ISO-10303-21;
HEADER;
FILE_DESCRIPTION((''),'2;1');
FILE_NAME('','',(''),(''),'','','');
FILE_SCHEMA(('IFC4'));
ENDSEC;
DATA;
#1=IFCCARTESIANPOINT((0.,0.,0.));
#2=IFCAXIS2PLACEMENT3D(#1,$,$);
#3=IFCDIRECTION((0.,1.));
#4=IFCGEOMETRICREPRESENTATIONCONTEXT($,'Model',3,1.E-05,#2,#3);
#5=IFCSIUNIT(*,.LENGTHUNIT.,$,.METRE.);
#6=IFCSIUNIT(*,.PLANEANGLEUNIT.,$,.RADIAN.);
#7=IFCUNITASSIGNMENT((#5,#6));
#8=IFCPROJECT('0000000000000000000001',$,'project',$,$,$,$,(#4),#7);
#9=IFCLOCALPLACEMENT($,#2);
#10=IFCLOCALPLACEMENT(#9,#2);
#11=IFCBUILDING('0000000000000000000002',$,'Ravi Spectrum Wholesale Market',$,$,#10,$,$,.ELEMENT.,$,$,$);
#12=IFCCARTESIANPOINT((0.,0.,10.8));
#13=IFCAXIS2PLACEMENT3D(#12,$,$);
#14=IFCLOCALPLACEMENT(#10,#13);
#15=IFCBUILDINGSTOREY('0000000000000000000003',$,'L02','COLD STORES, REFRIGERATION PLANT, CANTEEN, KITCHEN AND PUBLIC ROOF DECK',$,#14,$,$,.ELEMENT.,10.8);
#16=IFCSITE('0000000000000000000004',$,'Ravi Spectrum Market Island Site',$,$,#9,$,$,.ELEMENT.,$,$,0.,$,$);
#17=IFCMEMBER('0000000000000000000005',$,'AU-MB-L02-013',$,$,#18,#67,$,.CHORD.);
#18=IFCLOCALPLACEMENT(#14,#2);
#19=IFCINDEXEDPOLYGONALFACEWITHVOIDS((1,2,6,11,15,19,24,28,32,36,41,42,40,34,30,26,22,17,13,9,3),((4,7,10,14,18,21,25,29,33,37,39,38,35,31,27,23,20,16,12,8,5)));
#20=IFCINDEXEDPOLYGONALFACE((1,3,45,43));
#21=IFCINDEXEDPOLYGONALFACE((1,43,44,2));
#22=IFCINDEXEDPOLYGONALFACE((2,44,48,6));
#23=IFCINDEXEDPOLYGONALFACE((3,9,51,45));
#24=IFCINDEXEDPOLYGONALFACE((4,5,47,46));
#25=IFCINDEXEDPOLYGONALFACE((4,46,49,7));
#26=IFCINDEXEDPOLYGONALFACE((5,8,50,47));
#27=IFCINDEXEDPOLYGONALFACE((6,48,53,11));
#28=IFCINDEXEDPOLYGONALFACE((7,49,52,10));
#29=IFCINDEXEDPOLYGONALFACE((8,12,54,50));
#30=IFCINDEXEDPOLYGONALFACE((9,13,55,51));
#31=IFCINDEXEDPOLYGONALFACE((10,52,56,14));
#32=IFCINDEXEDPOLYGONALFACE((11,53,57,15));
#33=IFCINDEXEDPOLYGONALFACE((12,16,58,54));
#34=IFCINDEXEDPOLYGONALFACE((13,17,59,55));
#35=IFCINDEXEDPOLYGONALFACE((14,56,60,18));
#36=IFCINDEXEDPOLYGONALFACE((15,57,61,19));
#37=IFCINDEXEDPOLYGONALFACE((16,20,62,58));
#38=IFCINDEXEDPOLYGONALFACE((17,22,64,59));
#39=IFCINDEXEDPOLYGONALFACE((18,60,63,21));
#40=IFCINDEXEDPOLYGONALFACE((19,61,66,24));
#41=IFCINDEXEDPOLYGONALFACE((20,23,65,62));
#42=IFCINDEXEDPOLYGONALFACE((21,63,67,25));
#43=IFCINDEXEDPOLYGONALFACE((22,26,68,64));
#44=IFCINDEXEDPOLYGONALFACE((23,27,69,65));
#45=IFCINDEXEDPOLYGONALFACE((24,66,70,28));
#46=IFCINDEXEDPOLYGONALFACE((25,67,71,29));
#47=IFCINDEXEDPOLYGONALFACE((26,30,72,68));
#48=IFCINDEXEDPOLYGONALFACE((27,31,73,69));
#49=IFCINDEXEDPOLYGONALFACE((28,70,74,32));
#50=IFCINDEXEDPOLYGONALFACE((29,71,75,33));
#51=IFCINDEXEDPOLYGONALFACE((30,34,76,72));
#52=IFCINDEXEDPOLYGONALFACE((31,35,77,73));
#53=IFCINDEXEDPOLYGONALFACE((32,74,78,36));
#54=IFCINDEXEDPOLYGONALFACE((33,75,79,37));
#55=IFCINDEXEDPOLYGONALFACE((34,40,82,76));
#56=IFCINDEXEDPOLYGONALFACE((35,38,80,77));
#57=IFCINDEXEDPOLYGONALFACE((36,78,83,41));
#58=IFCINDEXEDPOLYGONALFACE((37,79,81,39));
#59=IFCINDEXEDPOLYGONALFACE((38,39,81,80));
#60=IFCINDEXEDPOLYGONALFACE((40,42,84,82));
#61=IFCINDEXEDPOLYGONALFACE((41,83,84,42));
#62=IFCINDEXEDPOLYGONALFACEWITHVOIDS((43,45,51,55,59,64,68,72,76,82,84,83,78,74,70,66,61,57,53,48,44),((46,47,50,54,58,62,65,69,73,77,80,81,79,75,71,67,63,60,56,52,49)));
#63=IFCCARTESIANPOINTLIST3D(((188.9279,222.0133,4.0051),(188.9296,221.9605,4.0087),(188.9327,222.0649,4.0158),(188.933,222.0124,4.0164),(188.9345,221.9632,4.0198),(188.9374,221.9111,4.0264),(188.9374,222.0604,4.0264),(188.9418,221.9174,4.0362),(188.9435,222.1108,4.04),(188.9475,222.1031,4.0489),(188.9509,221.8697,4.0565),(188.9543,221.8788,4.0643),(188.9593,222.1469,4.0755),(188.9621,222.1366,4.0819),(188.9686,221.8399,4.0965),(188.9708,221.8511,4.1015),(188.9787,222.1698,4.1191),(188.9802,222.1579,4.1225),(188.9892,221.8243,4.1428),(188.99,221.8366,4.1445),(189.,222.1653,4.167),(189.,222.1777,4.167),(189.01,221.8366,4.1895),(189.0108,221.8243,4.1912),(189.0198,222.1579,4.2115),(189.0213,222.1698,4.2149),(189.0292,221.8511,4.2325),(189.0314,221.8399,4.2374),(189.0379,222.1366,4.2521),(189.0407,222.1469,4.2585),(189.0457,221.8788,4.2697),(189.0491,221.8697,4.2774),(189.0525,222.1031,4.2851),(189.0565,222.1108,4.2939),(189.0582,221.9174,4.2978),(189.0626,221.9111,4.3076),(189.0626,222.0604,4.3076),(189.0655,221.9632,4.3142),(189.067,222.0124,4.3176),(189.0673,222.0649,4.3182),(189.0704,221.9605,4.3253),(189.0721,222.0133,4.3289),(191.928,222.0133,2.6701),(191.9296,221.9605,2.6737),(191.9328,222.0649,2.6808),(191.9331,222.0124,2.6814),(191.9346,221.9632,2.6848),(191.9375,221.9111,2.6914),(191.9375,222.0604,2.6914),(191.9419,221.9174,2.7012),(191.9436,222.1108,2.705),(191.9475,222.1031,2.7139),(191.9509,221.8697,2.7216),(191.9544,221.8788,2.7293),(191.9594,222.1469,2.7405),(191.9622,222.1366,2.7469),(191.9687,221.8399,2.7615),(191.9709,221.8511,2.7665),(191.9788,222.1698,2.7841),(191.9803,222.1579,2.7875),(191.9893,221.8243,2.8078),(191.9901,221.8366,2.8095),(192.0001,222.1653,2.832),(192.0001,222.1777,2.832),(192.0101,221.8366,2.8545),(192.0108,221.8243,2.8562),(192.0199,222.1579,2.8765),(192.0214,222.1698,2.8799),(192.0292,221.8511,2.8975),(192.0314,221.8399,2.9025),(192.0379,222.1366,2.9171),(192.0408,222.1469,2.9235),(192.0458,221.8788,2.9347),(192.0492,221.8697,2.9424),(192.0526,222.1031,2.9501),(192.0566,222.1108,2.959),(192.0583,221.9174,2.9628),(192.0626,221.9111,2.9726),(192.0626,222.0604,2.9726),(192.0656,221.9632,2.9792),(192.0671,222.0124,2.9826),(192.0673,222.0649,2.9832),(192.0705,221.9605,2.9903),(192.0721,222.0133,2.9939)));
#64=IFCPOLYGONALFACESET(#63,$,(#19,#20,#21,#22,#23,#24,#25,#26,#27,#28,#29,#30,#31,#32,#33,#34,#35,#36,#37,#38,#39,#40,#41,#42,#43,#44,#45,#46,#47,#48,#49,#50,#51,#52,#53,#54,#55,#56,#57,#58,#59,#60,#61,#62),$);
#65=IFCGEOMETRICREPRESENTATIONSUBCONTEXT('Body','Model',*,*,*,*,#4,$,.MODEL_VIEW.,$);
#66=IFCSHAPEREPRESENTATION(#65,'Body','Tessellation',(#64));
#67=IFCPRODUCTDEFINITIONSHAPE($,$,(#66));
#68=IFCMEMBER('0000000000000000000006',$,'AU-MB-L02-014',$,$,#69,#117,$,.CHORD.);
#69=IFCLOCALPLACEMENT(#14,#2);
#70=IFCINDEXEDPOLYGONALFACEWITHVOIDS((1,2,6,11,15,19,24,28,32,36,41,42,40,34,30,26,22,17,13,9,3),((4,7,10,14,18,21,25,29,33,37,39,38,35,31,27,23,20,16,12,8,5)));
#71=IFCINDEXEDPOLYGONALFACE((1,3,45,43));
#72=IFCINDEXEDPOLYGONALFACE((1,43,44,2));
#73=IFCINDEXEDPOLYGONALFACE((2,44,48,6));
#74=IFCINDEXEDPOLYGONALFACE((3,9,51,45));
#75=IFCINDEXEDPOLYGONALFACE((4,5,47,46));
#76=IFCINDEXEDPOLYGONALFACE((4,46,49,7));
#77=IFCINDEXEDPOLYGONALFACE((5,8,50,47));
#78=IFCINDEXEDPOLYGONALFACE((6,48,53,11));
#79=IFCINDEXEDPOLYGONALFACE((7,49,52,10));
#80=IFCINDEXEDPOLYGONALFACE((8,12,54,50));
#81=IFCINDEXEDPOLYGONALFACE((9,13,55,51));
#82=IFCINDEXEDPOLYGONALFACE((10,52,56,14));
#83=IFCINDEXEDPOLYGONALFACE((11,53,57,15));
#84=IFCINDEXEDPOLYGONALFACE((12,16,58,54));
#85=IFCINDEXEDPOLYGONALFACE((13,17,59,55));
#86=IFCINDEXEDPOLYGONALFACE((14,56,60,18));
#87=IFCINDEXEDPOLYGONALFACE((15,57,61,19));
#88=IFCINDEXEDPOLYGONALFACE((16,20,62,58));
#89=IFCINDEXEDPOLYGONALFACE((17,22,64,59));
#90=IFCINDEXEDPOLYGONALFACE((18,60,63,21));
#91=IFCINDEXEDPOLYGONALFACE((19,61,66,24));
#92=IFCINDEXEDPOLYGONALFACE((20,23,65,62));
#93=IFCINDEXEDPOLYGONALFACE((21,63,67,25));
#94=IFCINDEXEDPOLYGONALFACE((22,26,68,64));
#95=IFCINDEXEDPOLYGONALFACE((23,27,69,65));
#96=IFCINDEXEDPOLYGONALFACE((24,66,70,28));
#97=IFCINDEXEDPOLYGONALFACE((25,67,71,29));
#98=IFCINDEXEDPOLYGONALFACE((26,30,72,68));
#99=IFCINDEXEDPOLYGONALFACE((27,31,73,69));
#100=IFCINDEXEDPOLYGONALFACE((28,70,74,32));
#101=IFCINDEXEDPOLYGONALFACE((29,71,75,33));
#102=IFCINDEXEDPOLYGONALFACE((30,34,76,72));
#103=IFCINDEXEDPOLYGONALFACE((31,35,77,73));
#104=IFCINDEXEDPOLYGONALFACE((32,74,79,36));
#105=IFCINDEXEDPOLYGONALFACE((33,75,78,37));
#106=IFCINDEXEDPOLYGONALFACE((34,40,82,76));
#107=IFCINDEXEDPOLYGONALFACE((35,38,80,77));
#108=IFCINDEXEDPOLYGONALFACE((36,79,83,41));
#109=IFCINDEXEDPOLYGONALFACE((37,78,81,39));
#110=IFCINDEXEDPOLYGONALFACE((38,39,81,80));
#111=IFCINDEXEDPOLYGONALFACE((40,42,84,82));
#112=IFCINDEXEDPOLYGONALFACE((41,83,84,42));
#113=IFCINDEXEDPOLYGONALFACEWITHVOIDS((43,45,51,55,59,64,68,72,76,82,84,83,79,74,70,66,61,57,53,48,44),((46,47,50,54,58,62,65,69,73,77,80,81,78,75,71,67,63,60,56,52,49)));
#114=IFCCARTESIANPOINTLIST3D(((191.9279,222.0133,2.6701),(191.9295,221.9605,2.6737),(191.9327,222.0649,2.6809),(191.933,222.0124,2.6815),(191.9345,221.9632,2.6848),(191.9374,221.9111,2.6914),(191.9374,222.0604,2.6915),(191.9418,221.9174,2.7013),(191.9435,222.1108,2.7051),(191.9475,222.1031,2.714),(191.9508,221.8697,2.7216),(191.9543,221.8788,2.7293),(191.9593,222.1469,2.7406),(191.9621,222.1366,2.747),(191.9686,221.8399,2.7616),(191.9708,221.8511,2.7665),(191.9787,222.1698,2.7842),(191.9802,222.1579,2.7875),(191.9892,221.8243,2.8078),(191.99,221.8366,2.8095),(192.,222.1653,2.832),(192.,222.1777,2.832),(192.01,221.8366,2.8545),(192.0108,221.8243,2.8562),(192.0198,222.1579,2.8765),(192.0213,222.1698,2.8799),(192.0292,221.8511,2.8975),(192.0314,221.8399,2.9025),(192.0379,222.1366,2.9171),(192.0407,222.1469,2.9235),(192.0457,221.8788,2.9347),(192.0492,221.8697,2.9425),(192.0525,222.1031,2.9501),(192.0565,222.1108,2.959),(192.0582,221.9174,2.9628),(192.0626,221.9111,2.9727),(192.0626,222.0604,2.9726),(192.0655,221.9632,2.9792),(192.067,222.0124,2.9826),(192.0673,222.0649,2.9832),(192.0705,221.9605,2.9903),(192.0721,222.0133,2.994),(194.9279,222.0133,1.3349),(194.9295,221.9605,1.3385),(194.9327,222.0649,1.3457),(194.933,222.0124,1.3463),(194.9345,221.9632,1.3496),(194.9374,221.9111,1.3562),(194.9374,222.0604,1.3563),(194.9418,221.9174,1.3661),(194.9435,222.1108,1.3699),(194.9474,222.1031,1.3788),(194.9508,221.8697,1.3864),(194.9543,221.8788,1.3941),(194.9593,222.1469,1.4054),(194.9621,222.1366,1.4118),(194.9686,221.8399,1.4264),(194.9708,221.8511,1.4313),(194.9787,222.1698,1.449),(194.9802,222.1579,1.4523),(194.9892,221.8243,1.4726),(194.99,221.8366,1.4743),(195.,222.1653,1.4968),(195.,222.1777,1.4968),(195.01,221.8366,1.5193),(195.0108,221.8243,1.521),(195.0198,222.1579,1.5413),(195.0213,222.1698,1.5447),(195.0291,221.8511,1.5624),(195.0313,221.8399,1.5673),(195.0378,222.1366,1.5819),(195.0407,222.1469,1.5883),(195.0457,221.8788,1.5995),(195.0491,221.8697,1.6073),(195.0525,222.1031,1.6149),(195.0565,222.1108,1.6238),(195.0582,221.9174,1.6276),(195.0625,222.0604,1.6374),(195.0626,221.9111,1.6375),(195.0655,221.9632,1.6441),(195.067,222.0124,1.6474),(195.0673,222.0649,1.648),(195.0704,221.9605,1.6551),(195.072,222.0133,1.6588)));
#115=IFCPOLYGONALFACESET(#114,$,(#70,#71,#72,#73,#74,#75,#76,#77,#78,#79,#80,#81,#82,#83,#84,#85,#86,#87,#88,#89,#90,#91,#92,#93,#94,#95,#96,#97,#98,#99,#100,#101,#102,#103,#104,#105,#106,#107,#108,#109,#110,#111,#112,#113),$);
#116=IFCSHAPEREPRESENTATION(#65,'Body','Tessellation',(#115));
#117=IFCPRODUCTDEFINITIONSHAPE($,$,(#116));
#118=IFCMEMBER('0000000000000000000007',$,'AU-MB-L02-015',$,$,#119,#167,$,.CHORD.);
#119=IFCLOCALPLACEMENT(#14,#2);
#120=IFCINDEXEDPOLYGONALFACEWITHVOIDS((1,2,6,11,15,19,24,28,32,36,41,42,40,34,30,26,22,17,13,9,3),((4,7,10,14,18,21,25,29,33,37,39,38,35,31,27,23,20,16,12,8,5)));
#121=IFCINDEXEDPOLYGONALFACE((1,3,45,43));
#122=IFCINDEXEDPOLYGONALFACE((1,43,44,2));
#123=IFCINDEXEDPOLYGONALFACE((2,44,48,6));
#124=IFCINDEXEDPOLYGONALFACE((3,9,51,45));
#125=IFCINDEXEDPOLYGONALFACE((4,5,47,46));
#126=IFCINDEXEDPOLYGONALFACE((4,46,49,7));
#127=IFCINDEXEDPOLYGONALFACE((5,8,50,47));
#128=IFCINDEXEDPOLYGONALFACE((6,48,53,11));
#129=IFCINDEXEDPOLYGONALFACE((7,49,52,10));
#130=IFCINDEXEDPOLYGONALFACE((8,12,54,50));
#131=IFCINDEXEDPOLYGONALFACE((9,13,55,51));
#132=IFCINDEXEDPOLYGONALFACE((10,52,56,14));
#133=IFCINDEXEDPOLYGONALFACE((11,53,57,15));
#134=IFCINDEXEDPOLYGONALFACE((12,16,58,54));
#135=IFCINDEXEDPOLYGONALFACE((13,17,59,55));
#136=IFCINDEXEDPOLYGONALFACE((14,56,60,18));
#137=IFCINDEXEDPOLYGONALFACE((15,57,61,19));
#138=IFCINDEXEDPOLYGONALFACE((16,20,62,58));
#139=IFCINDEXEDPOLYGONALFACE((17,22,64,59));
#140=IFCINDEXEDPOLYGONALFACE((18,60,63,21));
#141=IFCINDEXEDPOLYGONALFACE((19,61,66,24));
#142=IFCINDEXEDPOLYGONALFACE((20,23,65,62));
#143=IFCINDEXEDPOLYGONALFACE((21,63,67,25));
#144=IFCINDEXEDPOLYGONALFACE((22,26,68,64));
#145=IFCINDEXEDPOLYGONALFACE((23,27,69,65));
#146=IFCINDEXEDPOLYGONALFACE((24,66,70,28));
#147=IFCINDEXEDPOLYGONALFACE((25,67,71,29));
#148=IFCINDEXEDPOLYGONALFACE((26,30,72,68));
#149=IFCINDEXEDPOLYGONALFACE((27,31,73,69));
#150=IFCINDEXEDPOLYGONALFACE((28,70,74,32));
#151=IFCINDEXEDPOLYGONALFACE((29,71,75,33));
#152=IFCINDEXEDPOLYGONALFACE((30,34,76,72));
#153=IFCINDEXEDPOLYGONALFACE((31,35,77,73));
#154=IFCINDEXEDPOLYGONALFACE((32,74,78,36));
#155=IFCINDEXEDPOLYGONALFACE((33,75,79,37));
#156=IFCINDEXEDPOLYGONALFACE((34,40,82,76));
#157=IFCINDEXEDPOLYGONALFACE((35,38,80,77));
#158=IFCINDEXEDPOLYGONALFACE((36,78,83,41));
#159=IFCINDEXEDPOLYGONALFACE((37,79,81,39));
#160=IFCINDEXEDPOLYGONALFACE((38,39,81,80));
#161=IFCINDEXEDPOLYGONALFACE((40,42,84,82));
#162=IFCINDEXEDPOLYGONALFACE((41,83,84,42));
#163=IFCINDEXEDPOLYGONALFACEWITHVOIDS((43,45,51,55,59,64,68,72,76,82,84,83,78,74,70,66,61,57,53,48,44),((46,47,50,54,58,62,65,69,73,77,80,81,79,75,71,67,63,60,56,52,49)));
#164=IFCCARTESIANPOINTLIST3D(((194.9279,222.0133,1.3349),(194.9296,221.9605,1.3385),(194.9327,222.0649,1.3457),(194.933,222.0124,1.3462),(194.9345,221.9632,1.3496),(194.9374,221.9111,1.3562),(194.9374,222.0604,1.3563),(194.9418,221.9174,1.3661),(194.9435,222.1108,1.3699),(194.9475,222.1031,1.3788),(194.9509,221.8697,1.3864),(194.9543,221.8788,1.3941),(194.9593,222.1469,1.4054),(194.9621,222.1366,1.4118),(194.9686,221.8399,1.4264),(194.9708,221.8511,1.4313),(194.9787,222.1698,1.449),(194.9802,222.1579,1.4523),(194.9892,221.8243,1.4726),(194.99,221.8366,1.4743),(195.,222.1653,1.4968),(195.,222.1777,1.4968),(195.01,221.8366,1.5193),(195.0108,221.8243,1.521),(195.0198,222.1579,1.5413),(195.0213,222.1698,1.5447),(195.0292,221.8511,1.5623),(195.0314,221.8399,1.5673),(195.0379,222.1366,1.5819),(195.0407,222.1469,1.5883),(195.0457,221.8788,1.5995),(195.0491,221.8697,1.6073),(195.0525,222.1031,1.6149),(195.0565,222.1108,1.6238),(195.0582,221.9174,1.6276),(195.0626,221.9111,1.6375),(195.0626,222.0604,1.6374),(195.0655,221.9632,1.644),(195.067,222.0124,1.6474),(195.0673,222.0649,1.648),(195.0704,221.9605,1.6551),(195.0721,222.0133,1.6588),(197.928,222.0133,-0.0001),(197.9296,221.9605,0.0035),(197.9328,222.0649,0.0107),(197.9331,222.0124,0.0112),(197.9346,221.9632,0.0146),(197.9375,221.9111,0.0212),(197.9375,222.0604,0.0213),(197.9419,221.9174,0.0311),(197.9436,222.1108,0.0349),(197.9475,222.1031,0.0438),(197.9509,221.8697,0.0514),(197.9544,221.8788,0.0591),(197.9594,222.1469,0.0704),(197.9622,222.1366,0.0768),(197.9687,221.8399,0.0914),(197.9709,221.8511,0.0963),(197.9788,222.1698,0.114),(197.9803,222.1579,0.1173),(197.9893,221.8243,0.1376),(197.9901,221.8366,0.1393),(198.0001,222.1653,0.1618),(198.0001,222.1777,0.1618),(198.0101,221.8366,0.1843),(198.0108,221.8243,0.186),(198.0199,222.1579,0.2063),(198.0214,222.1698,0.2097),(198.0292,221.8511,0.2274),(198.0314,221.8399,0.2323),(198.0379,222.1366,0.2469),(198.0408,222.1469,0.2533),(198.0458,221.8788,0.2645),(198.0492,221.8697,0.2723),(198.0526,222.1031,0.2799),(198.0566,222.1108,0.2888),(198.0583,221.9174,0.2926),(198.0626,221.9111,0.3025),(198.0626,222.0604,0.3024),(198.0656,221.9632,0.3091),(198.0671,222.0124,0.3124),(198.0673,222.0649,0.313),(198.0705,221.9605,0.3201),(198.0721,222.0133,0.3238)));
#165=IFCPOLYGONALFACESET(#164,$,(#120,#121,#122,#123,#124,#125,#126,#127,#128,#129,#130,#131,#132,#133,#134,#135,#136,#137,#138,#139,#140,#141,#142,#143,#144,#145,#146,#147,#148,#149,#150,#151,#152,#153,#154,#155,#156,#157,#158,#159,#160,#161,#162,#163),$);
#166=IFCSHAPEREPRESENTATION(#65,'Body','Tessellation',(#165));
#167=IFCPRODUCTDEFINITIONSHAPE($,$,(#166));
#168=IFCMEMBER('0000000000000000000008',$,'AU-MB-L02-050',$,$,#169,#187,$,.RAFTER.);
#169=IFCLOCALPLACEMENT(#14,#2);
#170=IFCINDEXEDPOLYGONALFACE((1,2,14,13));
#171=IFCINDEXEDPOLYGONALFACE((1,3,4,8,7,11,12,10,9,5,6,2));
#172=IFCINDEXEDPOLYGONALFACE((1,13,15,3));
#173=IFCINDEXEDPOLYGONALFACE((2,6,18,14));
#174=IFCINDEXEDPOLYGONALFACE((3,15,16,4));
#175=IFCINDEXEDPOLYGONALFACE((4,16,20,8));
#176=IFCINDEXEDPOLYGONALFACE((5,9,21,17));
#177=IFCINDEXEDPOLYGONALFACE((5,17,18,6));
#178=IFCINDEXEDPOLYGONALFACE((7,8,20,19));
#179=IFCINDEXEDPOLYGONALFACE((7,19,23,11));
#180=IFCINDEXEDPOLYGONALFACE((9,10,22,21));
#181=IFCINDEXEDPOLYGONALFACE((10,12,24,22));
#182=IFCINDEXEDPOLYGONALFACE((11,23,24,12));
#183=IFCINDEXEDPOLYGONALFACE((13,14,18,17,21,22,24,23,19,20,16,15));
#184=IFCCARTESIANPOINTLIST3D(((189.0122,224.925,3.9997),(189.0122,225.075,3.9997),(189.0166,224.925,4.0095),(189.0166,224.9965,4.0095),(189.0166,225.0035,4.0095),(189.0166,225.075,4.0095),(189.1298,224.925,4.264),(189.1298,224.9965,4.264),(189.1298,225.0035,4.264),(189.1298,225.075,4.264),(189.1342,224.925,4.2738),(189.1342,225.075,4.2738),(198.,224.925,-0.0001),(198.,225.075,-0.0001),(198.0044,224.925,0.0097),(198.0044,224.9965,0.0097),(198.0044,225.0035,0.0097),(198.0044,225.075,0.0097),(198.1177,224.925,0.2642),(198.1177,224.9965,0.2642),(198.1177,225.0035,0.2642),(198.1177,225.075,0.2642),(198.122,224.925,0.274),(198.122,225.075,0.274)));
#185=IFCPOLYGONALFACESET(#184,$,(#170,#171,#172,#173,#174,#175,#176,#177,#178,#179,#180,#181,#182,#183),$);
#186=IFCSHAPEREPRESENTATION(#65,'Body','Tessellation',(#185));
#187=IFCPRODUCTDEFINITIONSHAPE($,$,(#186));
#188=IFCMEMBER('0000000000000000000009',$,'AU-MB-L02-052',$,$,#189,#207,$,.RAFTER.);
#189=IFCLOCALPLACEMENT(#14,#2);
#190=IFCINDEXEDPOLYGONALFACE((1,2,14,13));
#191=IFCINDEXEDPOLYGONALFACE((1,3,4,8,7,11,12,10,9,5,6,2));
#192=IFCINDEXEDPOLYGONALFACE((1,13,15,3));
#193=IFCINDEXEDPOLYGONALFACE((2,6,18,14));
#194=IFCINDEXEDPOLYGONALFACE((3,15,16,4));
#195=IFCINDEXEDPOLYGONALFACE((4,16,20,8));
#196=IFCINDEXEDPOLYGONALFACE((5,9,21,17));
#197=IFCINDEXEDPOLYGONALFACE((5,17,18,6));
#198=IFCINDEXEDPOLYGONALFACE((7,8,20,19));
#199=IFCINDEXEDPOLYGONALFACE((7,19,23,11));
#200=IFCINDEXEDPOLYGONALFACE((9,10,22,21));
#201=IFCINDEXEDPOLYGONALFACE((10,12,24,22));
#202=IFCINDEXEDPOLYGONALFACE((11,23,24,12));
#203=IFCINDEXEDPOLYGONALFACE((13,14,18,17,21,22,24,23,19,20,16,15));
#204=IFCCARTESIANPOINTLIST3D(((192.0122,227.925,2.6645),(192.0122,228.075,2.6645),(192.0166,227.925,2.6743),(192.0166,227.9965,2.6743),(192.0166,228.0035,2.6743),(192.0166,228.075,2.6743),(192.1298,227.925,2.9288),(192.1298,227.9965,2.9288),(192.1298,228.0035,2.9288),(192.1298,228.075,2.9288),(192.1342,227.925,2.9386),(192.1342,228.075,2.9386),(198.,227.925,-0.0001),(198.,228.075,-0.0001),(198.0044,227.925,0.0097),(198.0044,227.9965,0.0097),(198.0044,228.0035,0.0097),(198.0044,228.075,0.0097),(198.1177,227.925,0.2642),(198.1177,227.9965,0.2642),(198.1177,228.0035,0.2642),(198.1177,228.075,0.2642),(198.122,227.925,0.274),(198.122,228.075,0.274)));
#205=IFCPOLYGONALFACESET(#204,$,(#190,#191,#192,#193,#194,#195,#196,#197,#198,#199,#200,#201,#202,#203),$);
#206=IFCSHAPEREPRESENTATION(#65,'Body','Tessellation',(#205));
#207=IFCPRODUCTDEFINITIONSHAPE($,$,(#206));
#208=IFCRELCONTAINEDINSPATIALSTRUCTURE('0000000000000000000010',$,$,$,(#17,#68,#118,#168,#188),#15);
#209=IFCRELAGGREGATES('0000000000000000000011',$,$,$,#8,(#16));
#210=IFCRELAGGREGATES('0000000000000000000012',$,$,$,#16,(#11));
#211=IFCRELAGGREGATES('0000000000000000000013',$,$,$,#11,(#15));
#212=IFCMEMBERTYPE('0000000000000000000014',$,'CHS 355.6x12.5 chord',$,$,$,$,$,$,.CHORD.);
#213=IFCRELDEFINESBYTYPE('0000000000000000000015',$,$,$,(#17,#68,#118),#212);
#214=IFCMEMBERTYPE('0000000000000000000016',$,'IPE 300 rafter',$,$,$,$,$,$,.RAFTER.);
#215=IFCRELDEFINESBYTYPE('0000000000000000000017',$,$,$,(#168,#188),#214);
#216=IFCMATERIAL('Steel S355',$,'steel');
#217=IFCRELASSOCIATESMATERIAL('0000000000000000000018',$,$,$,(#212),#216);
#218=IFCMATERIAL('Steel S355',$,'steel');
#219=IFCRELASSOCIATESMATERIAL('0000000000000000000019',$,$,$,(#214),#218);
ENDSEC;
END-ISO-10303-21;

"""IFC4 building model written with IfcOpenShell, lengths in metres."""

from ifc_helpers import new_model, si_unit, direction, frame, origin, origin_2d, place, context, subcontext, project, spatial, hollow_circle, i_section, extrude, material, material_profile, profile_set, type_object, element, save


model = new_model("IFC4")

# Units and contexts
model_context = context("Model", 3, precision=1e-05, world=origin(), true_north=direction((0.0, 1.0)))
body_context = subcontext(model_context, "Body", "Model", "MODEL_VIEW")
ifc_project = project(units=[si_unit("LENGTHUNIT", "METRE"), si_unit("PLANEANGLEUNIT", "RADIAN")], contexts=[model_context])

# Site, building, storey
site_placement = place(None, origin())
site = spatial("IfcSite", under=ifc_project, at=site_placement, Name="Ravi Spectrum Market Island Site", CompositionType="ELEMENT", RefElevation=0.0)
building_placement = place(site_placement, origin())
building = spatial("IfcBuilding", under=site, at=building_placement, Name="Ravi Spectrum Wholesale Market", CompositionType="ELEMENT")
storey_placement = place(building_placement, frame((0.0, 0.0, 10.8)))
storey = spatial("IfcBuildingStorey", under=building, at=storey_placement, Name="L02", Description="COLD STORES, REFRIGERATION PLANT, CANTEEN, KITCHEN AND PUBLIC ROOF DECK", CompositionType="ELEMENT", Elevation=10.8)

# Members
ifc_material_1 = material(Name="Steel S355", Category="steel")
ifc_material_profile_1 = material_profile(ifc_material_1, hollow_circle(Radius=0.1777, WallThickness=0.0125, at=origin_2d()))
ifc_profile_set_1 = profile_set([ifc_material_profile_1], Name="Steel S355")
member_type_1 = type_object("IfcMemberType", Name="CHS 355.6x12.5 chord", PredefinedType="CHORD", material=ifc_profile_set_1)
for number, where, z_axis, x_axis, name in (
    (1, (189.0, 222.0, 4.167), (0.913627, 0.0, -0.406552), (0.0, 1.0, 0.0), "AU-MB-L02-013"),
    (2, (192.0, 222.0, 2.832), (0.9136, 0.0, -0.406614), (0.0, 1.0, 0.0), "AU-MB-L02-014"),
    (3, (195.0, 222.0, 1.4968), (0.913627, 0.0, -0.406552), (0.0, 1.0, 0.0), "AU-MB-L02-015"),
):
    element("IfcMember", number, at=place(storey_placement, frame(where, z_axis=z_axis, x_axis=x_axis)), inside=storey, type_object=member_type_1, Name=name, PredefinedType="CHORD", context=body_context, shape_type="SweptSolid", body=[
        extrude(hollow_circle(Radius=0.1777, WallThickness=0.0125, at=origin_2d()), origin(), (0.0, 0.0, 1.0), 3.2837),
    ])
ifc_material_2 = material(Name="Steel S355", Category="steel")
ifc_material_profile_2 = material_profile(ifc_material_2, i_section(OverallWidth=0.1499, OverallDepth=0.3, WebThickness=0.0071, FlangeThickness=0.0107, at=origin_2d()))
ifc_profile_set_2 = profile_set([ifc_material_profile_2], Name="Steel S355")
member_type_2 = type_object("IfcMemberType", Name="IPE 300 rafter", PredefinedType="RAFTER", material=ifc_profile_set_2)
member_1_placement = place(storey_placement, frame((198.061, 225.0, 0.137), z_axis=(-0.913616, 0.0, 0.406578), x_axis=(0.0, -1.0, 0.0)))
element("IfcMember", 4, at=member_1_placement, inside=storey, type_object=member_type_2, Name="AU-MB-L02-050", PredefinedType="RAFTER", context=body_context, shape_type="SweptSolid", body=[
    extrude(i_section(OverallWidth=0.1499, OverallDepth=0.3, WebThickness=0.0071, FlangeThickness=0.0107, at=origin_2d()), origin(), (0.0, 0.0, 1.0), 9.8376),
])
member_2_placement = place(storey_placement, frame((198.061, 228.0, 0.137), z_axis=(-0.913624, 0.0, 0.40656), x_axis=(0.0, -1.0, 0.0)))
element("IfcMember", 5, at=member_2_placement, inside=storey, type_object=member_type_2, Name="AU-MB-L02-052", PredefinedType="RAFTER", context=body_context, shape_type="SweptSolid", body=[
    extrude(i_section(OverallWidth=0.1499, OverallDepth=0.3, WebThickness=0.0071, FlangeThickness=0.0107, at=origin_2d()), origin(), (0.0, 0.0, 1.0), 6.554),
])

save(model, "model.ifc")
